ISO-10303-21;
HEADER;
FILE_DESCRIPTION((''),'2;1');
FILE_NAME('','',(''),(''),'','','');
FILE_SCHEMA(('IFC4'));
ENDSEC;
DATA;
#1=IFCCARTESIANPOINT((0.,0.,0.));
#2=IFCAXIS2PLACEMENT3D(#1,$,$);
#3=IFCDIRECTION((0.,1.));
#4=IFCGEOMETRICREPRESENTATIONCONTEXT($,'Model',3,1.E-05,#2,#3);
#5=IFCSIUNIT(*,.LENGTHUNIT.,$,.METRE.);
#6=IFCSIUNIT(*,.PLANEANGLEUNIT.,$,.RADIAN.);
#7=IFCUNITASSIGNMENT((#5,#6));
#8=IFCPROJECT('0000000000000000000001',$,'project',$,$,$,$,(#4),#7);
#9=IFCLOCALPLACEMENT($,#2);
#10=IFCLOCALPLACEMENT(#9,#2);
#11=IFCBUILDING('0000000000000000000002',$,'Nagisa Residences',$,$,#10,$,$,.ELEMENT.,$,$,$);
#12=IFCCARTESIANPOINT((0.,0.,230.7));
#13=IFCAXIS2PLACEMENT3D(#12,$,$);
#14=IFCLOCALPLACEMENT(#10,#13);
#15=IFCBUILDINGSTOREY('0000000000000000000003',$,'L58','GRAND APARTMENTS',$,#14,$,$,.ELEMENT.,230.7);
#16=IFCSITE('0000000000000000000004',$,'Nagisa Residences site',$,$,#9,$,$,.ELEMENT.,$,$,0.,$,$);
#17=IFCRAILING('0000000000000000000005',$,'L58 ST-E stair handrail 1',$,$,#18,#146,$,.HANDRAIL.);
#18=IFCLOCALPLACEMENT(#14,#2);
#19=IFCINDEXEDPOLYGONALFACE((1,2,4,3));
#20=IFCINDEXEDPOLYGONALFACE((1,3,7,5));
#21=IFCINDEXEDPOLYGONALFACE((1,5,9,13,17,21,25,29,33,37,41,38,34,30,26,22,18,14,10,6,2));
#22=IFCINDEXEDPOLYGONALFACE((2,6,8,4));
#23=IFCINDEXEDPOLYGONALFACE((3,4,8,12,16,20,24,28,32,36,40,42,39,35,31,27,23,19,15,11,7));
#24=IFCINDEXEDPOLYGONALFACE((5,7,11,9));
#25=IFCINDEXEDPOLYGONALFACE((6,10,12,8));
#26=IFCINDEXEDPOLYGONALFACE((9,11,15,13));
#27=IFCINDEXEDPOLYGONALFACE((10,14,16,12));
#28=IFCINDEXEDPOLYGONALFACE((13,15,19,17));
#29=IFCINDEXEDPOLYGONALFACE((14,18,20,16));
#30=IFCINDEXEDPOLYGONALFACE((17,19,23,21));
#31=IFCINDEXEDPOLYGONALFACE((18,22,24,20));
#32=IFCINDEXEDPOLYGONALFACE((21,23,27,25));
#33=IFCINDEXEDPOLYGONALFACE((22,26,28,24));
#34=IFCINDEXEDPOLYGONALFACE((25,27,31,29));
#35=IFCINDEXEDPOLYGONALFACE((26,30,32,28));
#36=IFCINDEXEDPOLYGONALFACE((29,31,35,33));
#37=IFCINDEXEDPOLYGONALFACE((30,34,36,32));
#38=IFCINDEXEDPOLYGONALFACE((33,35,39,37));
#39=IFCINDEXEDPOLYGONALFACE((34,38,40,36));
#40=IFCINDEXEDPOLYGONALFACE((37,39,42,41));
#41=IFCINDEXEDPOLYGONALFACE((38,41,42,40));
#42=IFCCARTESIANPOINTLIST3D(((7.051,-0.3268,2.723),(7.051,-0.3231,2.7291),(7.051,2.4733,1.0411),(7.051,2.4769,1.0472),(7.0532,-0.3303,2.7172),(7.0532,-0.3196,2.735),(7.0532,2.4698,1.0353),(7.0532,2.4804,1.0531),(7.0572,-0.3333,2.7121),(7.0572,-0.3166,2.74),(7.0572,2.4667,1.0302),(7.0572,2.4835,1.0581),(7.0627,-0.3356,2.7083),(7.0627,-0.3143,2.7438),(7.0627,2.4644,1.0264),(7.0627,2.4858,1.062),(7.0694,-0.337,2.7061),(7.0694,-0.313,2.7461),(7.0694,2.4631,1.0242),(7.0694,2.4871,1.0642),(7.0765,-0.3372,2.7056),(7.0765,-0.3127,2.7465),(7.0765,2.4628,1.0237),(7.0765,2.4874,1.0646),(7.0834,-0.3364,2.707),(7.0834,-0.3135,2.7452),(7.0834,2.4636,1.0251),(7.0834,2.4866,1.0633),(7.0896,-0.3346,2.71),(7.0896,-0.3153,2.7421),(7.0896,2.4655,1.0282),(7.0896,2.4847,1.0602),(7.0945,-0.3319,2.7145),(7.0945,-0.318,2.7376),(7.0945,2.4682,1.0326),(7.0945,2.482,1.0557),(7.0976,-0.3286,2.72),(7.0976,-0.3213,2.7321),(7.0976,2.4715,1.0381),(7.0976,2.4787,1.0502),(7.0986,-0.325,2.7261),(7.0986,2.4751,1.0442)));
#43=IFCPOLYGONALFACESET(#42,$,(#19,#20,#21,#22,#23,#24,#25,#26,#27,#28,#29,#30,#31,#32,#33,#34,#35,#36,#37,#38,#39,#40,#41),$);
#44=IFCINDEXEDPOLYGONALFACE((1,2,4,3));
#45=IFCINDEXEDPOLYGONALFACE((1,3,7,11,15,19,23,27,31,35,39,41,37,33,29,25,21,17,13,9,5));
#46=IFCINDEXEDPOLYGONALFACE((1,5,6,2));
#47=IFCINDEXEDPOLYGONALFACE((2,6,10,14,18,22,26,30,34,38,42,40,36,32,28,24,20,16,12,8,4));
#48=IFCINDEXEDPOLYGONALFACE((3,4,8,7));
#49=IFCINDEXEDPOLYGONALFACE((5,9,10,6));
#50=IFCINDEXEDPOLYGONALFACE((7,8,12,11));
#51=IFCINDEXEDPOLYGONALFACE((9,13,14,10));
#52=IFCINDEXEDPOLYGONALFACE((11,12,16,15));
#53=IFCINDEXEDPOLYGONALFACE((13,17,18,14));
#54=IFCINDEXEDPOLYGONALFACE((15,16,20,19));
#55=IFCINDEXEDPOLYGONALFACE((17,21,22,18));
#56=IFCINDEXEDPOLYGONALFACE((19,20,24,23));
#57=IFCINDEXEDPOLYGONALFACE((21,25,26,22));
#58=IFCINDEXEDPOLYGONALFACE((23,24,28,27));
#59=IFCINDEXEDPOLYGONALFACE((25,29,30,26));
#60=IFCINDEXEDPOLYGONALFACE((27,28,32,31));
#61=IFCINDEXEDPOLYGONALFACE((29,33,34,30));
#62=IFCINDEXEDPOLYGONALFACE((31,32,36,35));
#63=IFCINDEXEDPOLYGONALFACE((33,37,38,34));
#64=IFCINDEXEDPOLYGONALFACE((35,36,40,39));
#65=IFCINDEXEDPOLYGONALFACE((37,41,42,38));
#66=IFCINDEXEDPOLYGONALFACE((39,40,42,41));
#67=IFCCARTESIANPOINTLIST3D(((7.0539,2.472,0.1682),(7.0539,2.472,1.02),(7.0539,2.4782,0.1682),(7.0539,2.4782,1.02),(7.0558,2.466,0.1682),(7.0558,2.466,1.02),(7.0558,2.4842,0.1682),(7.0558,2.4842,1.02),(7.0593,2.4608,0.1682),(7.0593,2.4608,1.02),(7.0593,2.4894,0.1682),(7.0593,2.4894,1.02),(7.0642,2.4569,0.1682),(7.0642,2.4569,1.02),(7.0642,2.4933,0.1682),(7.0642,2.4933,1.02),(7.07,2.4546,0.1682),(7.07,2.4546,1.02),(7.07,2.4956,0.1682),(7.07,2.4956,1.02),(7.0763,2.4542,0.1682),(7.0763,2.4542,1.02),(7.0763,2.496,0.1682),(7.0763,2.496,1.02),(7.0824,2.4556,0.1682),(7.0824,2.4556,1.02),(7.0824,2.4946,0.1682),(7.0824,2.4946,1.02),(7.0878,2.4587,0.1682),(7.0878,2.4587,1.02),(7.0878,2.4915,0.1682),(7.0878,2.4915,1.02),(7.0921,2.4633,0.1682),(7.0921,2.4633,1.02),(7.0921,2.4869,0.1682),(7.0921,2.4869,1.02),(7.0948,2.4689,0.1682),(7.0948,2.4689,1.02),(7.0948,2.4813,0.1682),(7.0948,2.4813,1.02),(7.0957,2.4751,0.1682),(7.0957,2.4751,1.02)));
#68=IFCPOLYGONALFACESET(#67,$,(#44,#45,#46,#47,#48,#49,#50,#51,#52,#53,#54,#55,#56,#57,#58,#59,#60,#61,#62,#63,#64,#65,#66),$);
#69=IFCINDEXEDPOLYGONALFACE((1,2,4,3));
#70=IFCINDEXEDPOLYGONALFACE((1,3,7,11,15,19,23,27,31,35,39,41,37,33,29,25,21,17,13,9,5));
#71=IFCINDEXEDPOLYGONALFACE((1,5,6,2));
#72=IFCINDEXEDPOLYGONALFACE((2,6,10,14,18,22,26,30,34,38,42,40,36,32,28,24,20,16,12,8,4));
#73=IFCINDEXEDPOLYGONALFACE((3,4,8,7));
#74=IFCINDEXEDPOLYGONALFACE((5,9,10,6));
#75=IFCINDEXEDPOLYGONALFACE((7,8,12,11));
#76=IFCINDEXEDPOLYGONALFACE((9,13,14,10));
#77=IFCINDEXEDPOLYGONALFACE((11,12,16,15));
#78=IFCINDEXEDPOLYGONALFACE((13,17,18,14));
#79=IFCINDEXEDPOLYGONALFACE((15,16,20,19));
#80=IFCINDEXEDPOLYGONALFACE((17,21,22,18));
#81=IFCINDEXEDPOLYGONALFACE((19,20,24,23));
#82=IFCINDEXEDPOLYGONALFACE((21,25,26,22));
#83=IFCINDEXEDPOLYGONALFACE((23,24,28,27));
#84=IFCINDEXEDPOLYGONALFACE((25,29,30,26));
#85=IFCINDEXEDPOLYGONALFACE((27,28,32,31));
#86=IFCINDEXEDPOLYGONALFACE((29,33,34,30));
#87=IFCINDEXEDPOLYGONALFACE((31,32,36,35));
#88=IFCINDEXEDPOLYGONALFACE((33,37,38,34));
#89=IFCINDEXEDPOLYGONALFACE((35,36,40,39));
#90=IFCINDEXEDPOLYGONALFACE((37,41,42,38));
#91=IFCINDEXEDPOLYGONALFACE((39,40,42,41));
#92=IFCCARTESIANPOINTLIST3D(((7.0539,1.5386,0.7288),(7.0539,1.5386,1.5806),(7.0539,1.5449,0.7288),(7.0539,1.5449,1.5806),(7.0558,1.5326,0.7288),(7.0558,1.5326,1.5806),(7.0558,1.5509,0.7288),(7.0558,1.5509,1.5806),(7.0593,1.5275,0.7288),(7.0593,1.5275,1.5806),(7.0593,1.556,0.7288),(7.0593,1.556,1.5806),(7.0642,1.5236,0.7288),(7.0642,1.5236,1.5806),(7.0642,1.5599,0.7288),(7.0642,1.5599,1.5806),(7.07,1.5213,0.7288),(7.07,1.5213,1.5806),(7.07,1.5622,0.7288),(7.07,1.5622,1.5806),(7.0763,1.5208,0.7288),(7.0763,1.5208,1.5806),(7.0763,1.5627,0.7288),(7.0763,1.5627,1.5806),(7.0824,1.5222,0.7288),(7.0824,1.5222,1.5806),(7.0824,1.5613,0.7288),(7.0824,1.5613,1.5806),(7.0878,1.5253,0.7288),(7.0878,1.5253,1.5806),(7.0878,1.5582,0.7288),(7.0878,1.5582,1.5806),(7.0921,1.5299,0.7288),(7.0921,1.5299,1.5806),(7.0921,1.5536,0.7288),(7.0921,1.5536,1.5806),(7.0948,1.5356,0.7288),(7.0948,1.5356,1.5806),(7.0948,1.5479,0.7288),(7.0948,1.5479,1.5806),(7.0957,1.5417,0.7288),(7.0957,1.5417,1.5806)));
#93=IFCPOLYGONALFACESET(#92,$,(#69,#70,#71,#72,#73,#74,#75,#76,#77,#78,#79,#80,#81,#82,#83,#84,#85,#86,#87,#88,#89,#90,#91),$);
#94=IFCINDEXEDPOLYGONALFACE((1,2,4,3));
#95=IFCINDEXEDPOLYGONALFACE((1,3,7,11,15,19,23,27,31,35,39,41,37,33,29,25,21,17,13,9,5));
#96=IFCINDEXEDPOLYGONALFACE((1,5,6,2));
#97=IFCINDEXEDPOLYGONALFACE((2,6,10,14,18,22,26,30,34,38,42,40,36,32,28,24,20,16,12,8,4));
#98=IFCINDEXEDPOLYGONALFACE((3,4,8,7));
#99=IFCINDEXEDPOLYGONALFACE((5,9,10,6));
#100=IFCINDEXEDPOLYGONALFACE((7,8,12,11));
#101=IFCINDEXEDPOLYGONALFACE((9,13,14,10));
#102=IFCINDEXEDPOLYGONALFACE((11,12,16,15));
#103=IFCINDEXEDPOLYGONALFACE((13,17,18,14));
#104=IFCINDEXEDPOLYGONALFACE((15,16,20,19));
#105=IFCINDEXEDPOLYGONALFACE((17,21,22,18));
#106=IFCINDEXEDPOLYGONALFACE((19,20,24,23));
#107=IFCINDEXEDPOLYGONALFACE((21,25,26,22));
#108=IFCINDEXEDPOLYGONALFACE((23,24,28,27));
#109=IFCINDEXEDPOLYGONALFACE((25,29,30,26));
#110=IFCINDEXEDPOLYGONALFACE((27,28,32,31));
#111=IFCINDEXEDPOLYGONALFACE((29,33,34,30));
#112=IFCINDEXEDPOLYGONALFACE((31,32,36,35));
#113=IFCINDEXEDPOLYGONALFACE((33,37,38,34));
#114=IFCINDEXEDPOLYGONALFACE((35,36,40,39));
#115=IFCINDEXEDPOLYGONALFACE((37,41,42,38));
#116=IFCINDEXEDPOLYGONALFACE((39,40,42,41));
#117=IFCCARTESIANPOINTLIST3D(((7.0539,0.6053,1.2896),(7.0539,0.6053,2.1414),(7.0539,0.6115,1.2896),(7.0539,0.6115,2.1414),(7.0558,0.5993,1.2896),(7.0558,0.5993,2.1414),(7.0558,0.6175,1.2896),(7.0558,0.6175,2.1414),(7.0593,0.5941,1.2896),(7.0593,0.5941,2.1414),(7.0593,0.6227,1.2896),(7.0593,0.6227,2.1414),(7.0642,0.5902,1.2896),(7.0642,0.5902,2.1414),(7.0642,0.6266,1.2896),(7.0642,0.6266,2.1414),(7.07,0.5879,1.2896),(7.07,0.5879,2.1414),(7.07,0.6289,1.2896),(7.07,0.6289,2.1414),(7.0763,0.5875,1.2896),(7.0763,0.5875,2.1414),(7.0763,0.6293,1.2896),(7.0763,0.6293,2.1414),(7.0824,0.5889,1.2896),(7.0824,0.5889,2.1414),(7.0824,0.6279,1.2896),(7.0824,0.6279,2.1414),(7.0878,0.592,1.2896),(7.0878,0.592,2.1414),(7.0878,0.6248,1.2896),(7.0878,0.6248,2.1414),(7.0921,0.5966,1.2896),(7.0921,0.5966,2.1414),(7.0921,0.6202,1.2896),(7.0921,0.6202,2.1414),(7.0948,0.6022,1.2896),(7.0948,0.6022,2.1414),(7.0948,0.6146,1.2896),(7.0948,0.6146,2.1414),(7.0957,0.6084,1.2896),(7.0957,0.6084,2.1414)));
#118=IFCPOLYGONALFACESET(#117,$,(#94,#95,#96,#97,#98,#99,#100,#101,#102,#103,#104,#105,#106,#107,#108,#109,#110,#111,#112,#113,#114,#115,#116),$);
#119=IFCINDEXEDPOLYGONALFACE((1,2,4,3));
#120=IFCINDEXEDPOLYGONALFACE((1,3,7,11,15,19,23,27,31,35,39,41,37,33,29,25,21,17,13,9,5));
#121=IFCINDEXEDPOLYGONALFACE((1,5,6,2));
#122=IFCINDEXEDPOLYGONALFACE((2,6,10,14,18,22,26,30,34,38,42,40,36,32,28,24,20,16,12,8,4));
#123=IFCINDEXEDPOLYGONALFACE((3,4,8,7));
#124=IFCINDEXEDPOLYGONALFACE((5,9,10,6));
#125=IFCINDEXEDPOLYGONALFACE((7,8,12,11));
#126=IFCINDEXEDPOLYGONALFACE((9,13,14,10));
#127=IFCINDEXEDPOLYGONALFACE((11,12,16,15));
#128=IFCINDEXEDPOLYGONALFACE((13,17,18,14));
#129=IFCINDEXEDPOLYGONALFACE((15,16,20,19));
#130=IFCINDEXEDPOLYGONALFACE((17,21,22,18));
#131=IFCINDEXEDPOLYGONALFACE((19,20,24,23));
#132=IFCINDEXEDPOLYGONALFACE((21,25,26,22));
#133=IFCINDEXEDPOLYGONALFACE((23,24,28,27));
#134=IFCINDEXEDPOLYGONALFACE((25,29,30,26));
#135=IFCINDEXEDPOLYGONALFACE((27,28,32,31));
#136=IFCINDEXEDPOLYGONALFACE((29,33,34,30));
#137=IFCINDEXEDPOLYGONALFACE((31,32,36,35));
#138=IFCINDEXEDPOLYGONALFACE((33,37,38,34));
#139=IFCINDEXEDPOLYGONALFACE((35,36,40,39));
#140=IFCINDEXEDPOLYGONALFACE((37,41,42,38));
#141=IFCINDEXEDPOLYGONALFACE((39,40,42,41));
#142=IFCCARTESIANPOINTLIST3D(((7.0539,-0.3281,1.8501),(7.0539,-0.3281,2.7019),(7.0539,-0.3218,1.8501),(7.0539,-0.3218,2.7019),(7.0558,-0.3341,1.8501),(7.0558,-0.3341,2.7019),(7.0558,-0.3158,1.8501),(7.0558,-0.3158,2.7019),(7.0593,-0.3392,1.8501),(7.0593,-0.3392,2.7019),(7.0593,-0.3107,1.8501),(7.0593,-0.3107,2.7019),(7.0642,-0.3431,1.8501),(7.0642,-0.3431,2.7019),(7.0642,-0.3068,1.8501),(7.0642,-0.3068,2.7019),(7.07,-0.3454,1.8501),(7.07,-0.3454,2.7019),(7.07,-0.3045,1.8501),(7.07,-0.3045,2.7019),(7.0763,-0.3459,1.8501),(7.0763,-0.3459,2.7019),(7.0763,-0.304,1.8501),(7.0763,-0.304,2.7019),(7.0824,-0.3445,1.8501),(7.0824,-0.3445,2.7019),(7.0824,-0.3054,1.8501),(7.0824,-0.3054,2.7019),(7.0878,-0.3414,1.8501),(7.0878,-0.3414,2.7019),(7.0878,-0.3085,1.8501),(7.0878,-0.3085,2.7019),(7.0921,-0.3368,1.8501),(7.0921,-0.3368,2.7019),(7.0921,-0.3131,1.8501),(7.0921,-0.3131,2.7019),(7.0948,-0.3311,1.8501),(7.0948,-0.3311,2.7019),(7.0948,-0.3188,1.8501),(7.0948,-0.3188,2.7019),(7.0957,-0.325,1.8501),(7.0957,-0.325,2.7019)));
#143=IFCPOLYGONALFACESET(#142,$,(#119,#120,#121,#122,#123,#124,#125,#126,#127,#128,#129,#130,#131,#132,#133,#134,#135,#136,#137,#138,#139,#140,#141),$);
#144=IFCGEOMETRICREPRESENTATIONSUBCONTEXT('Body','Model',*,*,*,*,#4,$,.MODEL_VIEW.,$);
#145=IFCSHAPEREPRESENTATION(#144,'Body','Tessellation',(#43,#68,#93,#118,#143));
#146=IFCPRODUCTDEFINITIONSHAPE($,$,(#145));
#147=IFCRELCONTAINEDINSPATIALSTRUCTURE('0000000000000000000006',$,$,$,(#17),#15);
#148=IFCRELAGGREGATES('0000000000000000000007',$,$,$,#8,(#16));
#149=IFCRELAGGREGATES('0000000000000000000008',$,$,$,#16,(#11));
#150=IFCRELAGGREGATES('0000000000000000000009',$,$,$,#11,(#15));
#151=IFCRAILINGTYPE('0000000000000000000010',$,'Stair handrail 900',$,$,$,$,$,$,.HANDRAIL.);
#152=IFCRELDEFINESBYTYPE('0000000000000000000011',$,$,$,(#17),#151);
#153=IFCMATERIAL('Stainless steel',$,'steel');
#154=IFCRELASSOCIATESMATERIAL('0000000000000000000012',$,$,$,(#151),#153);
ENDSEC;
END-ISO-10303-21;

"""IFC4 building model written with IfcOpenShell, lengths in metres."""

from ifc_helpers import new_model, si_unit, direction, frame, origin, origin_2d, place, context, subcontext, project, spatial, circle, extrude, material, type_object, element, save


model = new_model("IFC4")

# Units and contexts
model_context = context("Model", 3, precision=1e-05, world=origin(), true_north=direction((0.0, 1.0)))
body_context = subcontext(model_context, "Body", "Model", "MODEL_VIEW")
ifc_project = project(units=[si_unit("LENGTHUNIT", "METRE"), si_unit("PLANEANGLEUNIT", "RADIAN")], contexts=[model_context])

# Site, building, storey
site_placement = place(None, origin())
site = spatial("IfcSite", under=ifc_project, at=site_placement, Name="Nagisa Residences site", CompositionType="ELEMENT", RefElevation=0.0)
building_placement = place(site_placement, origin())
building = spatial("IfcBuilding", under=site, at=building_placement, Name="Nagisa Residences", CompositionType="ELEMENT")
storey_placement = place(building_placement, frame((0.0, 0.0, 230.7)))
storey = spatial("IfcBuildingStorey", under=building, at=storey_placement, Name="L58", Description="GRAND APARTMENTS", CompositionType="ELEMENT", Elevation=230.7)

# Railing
ifc_material_1 = material(Name="Stainless steel", Category="steel")
railing_type_1 = type_object("IfcRailingType", Name="Stair handrail 900", PredefinedType="HANDRAIL", material=ifc_material_1)
railing_1_placement = place(storey_placement, frame((7.0747, 2.4751, 0.1682)))
element("IfcRailing", 1, at=railing_1_placement, inside=storey, type_object=railing_type_1, Name="L58 ST-E stair handrail 1", PredefinedType="HANDRAIL", context=body_context, shape_type="SweptSolid", body=[
    extrude(circle(Radius=0.0239, at=origin_2d()), frame((0.0, 0.0, 0.876), z_axis=(0.0, -0.857242, 0.514913), x_axis=(1.0, 0.0, 0.0)), (0.0, 0.0, 1.0), 3.2664),
    extrude(circle(Radius=0.021, at=origin_2d()), origin(), (0.0, 0.0, 1.0), 0.8518),
    extrude(circle(Radius=0.021, at=origin_2d()), frame((0.0, -0.9333, 0.5605)), (0.0, 0.0, 1.0), 0.8518),
    extrude(circle(Radius=0.021, at=origin_2d()), frame((0.0, -1.8667, 1.1213)), (0.0, 0.0, 1.0), 0.8518),
    extrude(circle(Radius=0.021, at=origin_2d()), frame((0.0, -2.8, 1.6819)), (0.0, 0.0, 1.0), 0.8518),
])

save(model, "model.ifc")
